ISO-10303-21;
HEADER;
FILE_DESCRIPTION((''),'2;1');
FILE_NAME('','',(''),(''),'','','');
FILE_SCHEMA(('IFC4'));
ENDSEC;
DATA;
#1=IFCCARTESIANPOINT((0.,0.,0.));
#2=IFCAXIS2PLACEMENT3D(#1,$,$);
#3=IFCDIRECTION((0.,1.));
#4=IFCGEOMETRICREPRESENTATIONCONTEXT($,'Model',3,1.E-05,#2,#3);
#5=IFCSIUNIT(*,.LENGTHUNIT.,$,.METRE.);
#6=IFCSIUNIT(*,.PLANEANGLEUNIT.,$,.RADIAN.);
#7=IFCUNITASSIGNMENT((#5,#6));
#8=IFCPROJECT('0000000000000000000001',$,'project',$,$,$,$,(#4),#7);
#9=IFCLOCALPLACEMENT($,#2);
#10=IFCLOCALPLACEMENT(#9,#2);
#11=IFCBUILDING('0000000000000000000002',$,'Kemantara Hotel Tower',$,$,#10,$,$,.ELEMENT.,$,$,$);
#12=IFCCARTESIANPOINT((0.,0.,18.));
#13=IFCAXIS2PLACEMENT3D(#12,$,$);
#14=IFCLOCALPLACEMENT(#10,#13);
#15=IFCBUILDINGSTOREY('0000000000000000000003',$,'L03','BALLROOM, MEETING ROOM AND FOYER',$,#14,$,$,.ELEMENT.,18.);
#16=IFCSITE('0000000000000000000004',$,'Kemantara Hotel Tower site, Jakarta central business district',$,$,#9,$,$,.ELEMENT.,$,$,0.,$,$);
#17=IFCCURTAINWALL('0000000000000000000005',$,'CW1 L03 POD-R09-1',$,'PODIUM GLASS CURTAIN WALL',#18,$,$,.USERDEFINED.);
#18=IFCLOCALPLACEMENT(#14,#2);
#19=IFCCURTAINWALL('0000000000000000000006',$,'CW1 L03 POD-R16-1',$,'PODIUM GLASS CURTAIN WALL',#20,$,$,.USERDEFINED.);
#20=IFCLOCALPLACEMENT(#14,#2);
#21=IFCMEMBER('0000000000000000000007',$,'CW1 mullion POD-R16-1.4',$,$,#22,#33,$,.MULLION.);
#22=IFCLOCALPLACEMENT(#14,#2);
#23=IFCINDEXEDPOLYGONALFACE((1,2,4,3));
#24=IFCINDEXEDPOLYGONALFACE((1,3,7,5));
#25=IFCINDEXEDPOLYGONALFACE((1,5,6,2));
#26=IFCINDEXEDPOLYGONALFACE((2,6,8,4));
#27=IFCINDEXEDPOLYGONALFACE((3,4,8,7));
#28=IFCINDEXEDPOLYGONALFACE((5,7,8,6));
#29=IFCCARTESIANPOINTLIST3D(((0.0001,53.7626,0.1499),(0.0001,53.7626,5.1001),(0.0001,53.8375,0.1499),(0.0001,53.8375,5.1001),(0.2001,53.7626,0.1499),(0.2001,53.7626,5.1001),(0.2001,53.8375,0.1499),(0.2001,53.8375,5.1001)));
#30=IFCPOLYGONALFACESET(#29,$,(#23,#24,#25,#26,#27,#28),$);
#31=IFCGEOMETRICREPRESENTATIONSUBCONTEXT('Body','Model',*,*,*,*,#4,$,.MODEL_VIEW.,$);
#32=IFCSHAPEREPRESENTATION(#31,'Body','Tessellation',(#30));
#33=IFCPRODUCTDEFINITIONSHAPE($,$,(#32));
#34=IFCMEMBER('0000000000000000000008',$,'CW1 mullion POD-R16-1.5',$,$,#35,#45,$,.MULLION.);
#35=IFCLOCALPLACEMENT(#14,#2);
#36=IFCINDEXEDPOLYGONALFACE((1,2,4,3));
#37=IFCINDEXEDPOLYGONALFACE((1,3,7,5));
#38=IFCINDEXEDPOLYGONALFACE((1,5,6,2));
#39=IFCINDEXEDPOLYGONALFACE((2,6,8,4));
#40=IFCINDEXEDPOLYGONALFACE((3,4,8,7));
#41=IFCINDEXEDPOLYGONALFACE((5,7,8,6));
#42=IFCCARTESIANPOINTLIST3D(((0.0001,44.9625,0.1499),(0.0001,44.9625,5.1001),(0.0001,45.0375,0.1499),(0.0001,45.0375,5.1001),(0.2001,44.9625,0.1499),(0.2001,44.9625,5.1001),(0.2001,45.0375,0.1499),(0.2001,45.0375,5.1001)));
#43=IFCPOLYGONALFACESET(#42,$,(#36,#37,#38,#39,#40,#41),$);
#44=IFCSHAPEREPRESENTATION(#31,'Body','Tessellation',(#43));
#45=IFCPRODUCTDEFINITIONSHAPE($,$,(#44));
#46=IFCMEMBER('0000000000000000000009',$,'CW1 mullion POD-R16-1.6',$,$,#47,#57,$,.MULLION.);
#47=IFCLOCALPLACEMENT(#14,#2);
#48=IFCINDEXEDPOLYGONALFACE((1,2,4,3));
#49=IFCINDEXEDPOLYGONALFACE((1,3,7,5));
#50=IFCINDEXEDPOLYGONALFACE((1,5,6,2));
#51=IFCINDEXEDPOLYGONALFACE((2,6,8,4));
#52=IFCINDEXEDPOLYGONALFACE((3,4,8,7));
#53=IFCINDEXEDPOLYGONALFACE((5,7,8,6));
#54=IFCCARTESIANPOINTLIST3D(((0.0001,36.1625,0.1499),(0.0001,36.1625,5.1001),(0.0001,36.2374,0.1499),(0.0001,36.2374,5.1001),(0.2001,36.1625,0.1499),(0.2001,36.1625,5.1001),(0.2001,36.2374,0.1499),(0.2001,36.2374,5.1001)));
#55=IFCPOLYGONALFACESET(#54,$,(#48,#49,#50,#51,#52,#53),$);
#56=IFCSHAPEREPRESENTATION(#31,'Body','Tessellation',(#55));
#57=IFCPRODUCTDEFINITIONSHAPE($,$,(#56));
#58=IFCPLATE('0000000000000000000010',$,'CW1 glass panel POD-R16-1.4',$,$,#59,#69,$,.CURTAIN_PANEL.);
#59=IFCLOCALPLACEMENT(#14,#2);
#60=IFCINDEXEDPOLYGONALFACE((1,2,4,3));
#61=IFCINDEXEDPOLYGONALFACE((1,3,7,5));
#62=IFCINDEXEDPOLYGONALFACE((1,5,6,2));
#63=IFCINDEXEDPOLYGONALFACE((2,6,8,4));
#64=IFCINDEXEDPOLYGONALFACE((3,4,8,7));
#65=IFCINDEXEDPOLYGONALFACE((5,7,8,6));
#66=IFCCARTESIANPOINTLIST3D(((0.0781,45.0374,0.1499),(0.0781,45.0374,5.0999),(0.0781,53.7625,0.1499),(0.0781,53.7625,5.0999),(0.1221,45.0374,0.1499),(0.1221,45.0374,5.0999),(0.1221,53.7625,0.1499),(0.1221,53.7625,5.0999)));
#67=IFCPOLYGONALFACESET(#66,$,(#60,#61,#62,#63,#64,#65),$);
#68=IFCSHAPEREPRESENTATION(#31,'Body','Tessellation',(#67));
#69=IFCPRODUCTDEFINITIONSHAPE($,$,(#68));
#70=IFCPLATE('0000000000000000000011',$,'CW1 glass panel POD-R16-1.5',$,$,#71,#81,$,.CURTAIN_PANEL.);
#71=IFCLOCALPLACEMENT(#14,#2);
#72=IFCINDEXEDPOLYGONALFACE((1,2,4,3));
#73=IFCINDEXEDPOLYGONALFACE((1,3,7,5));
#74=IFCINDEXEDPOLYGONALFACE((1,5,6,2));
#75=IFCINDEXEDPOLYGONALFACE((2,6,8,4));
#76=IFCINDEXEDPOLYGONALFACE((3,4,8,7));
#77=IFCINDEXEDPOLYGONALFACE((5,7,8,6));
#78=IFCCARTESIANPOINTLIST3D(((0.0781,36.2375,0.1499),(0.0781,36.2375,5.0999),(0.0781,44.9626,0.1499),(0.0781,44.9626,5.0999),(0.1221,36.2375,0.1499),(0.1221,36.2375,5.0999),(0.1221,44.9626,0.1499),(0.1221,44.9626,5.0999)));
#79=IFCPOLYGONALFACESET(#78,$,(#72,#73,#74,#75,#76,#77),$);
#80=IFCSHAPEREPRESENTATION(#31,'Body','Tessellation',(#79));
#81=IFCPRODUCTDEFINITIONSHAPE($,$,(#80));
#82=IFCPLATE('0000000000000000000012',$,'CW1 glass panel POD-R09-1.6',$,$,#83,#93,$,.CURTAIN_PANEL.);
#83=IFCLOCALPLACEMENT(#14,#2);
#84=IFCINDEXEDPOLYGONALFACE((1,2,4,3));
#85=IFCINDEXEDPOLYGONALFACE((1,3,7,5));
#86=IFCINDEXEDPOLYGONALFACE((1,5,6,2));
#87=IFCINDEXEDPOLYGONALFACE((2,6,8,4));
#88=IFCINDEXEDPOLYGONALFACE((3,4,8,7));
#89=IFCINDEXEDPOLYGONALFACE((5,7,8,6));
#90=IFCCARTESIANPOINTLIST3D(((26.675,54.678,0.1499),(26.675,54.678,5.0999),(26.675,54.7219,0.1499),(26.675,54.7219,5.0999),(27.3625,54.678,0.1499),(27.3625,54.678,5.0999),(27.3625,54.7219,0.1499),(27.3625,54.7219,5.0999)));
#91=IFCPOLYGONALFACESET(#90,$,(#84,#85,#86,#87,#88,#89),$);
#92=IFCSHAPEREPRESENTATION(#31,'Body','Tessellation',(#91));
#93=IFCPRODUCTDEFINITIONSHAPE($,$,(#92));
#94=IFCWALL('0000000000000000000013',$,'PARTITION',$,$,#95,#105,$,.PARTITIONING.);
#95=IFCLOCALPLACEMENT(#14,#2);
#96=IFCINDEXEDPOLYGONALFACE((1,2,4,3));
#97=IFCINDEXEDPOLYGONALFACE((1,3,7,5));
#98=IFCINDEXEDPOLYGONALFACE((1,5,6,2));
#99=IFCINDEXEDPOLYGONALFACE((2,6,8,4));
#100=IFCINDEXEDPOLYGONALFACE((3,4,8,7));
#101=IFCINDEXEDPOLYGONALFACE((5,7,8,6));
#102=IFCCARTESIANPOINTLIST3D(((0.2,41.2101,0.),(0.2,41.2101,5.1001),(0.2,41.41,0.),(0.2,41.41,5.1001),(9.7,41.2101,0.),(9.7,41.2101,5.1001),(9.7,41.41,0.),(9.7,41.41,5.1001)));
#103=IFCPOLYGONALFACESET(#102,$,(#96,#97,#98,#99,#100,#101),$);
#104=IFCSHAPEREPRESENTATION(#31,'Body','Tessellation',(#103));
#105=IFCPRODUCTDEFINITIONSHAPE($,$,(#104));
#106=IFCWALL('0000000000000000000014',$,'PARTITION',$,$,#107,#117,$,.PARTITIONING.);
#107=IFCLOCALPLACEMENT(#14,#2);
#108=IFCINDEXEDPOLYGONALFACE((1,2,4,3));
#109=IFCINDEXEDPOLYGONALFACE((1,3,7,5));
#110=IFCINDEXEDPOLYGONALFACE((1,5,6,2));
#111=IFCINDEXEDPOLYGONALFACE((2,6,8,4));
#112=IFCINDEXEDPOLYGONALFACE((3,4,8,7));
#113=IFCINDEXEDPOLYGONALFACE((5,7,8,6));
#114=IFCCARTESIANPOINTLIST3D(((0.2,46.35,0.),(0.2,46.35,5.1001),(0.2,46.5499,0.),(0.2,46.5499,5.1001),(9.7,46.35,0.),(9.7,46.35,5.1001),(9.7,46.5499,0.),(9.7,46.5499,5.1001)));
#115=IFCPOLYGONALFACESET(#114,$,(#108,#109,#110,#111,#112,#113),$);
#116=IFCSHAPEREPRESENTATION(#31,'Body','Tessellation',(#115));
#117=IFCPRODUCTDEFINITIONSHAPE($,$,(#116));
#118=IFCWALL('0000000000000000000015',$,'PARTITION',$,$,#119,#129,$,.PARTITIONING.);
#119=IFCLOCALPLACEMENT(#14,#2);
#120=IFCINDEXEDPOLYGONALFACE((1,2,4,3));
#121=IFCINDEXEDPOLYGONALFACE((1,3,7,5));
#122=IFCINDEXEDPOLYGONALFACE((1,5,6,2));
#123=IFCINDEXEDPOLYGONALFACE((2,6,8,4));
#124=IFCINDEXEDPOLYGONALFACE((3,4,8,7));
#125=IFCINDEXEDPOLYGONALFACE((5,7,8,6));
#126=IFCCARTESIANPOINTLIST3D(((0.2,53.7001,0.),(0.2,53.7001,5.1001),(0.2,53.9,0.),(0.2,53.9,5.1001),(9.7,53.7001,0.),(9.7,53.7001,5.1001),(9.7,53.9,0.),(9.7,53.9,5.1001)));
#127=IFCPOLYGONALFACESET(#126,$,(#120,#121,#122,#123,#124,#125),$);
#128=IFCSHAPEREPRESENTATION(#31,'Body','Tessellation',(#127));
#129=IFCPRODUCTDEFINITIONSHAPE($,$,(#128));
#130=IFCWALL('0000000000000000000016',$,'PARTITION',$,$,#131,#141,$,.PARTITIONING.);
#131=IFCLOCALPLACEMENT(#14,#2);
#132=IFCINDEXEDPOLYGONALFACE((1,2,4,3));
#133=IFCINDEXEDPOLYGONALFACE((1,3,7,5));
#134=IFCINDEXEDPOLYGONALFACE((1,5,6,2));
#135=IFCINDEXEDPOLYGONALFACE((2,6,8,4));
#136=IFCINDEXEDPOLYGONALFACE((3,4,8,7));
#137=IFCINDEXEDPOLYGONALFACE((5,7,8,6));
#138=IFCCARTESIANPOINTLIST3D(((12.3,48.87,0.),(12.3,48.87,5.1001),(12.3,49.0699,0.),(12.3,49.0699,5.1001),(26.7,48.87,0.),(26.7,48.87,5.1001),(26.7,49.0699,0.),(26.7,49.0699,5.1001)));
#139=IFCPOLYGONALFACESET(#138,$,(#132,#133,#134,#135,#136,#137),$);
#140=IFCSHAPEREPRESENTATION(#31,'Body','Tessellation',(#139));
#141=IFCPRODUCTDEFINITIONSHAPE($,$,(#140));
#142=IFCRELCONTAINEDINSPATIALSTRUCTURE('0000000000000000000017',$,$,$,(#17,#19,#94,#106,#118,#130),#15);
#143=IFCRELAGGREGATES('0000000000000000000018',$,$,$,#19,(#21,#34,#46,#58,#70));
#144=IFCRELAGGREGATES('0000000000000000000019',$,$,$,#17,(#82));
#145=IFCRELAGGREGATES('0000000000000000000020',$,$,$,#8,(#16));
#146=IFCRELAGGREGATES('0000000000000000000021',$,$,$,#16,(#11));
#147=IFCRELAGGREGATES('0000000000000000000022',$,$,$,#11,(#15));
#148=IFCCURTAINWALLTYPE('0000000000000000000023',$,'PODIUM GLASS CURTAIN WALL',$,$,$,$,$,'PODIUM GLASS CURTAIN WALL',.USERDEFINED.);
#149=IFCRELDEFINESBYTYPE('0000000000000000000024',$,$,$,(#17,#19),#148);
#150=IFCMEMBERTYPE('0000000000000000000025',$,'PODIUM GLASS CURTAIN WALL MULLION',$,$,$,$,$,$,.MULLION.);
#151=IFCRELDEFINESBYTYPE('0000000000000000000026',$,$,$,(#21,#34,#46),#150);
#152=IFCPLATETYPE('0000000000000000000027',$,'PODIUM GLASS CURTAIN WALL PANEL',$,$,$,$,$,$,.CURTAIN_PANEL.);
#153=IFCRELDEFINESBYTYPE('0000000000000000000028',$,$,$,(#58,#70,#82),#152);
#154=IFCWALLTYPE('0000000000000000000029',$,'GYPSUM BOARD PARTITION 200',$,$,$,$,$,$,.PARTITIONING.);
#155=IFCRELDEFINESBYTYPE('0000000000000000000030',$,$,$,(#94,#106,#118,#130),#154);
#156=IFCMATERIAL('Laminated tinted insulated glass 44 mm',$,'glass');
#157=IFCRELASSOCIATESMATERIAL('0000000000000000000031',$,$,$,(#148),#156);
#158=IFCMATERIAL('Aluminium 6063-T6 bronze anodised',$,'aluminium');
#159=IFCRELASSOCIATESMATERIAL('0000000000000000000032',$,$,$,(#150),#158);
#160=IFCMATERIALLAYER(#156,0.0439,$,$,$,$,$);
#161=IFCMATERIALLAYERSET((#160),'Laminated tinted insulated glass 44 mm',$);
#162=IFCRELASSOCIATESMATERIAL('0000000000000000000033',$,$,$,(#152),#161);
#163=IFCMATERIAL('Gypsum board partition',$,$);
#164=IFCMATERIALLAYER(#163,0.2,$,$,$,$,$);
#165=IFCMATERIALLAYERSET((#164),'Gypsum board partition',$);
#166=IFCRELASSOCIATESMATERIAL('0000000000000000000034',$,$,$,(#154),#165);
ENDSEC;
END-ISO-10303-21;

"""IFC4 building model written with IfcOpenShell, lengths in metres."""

from ifc_helpers import new_model, si_unit, direction, frame, frame_2d, origin, origin_2d, place, context, subcontext, project, spatial, rectangle, extrude, source, transform, mapped, material, layer, layer_set, material_profile, profile_set, type_object, element, aggregate, save


model = new_model("IFC4")

# Units and contexts
model_context = context("Model", 3, precision=1e-05, world=origin(), true_north=direction((0.0, 1.0)))
body_context = subcontext(model_context, "Body", "Model", "MODEL_VIEW")
ifc_project = project(units=[si_unit("LENGTHUNIT", "METRE"), si_unit("PLANEANGLEUNIT", "RADIAN")], contexts=[model_context])

# Site, building, storey
site_placement = place(None, origin())
site = spatial("IfcSite", under=ifc_project, at=site_placement, Name="Kemantara Hotel Tower site, Jakarta central business district", CompositionType="ELEMENT", RefElevation=0.0)
building_placement = place(site_placement, origin())
building = spatial("IfcBuilding", under=site, at=building_placement, Name="Kemantara Hotel Tower", CompositionType="ELEMENT")
storey_placement = place(building_placement, frame((0.0, 0.0, 18.0)))
storey = spatial("IfcBuildingStorey", under=building, at=storey_placement, Name="L03", Description="BALLROOM, MEETING ROOM AND FOYER", CompositionType="ELEMENT", Elevation=18.0)

# Curtain wall
ifc_material_1 = material(Name="Laminated tinted insulated glass 44 mm", Category="glass")
curtain_wall_type = type_object("IfcCurtainWallType", Name="PODIUM GLASS CURTAIN WALL", ElementType="PODIUM GLASS CURTAIN WALL", PredefinedType="USERDEFINED", material=ifc_material_1)
ifc_material_2 = material(Name="Aluminium 6063-T6 bronze anodised", Category="aluminium")
curtain_wall_1_placement = place(storey_placement, origin())
curtain_wall_1 = element("IfcCurtainWall", 1, at=curtain_wall_1_placement, inside=storey, type_object=curtain_wall_type, Name="CW1 L03 POD-R09-1", ObjectType="PODIUM GLASS CURTAIN WALL", PredefinedType="USERDEFINED")
ifc_material_profile_1 = material_profile(ifc_material_2, rectangle(XDim=0.2, YDim=0.075, at=origin_2d()), Name="PODIUM GLASS CURTAIN WALL MULLION")
ifc_profile_set_1 = profile_set([ifc_material_profile_1], Name="Aluminium 6063-T6 bronze anodised")
member_type_1 = type_object("IfcMemberType", Name="PODIUM GLASS CURTAIN WALL MULLION", PredefinedType="MULLION", material=ifc_profile_set_1)
shared_shape_1 = source(origin(), body_context, "Body", "SweptSolid", [
    extrude(rectangle(XDim=0.2, YDim=0.075, at=origin_2d()), origin(), (0.0, 0.0, 1.0), 4.9502),
])

# Curtain wall, members, plates
curtain_wall_2_placement = place(storey_placement, origin())
curtain_wall_2 = element("IfcCurtainWall", 2, at=curtain_wall_2_placement, inside=storey, type_object=curtain_wall_type, Name="CW1 L03 POD-R16-1", ObjectType="PODIUM GLASS CURTAIN WALL", PredefinedType="USERDEFINED")
member_1_placement = place(storey_placement, frame((0.1001, 53.8, 0.1499), z_axis=(0.0, 0.0, 1.0), x_axis=(1.0, 0.0, 0.0)))
member_1 = element("IfcMember", 3, at=member_1_placement, type_object=member_type_1, Name="CW1 mullion POD-R16-1.4", PredefinedType="MULLION", context=body_context, shape_type="MappedRepresentation", body=[
    mapped(shared_shape_1, transform((0.0, 0.0, 0.0))),
])
member_2_placement = place(storey_placement, frame((0.1001, 45.0, 0.1499), z_axis=(0.0, 0.0, 1.0), x_axis=(1.0, 0.0, 0.0)))
member_2 = element("IfcMember", 4, at=member_2_placement, type_object=member_type_1, Name="CW1 mullion POD-R16-1.5", PredefinedType="MULLION", context=body_context, shape_type="MappedRepresentation", body=[
    mapped(shared_shape_1, transform((0.0, 0.0, 0.0))),
])
member_3_placement = place(storey_placement, frame((0.1001, 36.2, 0.1499), z_axis=(0.0, 0.0, 1.0), x_axis=(1.0, 0.0, 0.0)))
member_3 = element("IfcMember", 5, at=member_3_placement, type_object=member_type_1, Name="CW1 mullion POD-R16-1.6", PredefinedType="MULLION", context=body_context, shape_type="MappedRepresentation", body=[
    mapped(shared_shape_1, transform((0.0, 0.0, 0.0))),
])
ifc_layer_1 = layer(ifc_material_1, 0.0439)
ifc_layer_set_1 = layer_set([ifc_layer_1], Name="Laminated tinted insulated glass 44 mm")
plate_type = type_object("IfcPlateType", Name="PODIUM GLASS CURTAIN WALL PANEL", PredefinedType="CURTAIN_PANEL", material=ifc_layer_set_1)
shared_shape_2 = source(origin(), body_context, "Body", "SweptSolid", [
    extrude(rectangle(XDim=8.7251, YDim=0.0439, at=origin_2d()), origin(), (0.0, 0.0, 1.0), 4.95),
])
plate_1_placement = place(storey_placement, frame((0.1001, 49.3999, 0.1499), z_axis=(0.0, 0.0, 1.0), x_axis=(0.0, -1.0, 0.0)))
plate_1 = element("IfcPlate", 6, at=plate_1_placement, type_object=plate_type, Name="CW1 glass panel POD-R16-1.4", PredefinedType="CURTAIN_PANEL", context=body_context, shape_type="MappedRepresentation", body=[
    mapped(shared_shape_2, transform((0.0, 0.0, 0.0))),
])
plate_2_placement = place(storey_placement, frame((0.1001, 40.6001, 0.1499), z_axis=(0.0, 0.0, 1.0), x_axis=(0.0, -1.0, 0.0)))
plate_2 = element("IfcPlate", 7, at=plate_2_placement, type_object=plate_type, Name="CW1 glass panel POD-R16-1.5", PredefinedType="CURTAIN_PANEL", context=body_context, shape_type="MappedRepresentation", body=[
    mapped(shared_shape_2, transform((0.0, 0.0, 0.0))),
])
aggregate(curtain_wall_2, [member_1, member_2, member_3, plate_1, plate_2])

# Plate
shared_shape_3 = source(origin(), body_context, "Body", "SweptSolid", [
    extrude(rectangle(XDim=0.6875, YDim=0.0439, at=origin_2d()), origin(), (0.0, 0.0, 1.0), 4.95),
])
plate_3_placement = place(storey_placement, frame((27.0188, 54.7, 0.1499), z_axis=(0.0, 0.0, 1.0), x_axis=(-1.0, 0.0, 0.0)))
plate_3 = element("IfcPlate", 8, at=plate_3_placement, type_object=plate_type, Name="CW1 glass panel POD-R09-1.6", PredefinedType="CURTAIN_PANEL", context=body_context, shape_type="MappedRepresentation", body=[
    mapped(shared_shape_3, transform((0.0, 0.0, 0.0))),
])
aggregate(curtain_wall_1, [plate_3])

# Walls
ifc_material_3 = material(Name="Gypsum board partition")
ifc_layer_2 = layer(ifc_material_3, 0.2)
ifc_layer_set_2 = layer_set([ifc_layer_2], Name="Gypsum board partition")
wall_type = type_object("IfcWallType", Name="GYPSUM BOARD PARTITION 200", PredefinedType="PARTITIONING", material=ifc_layer_set_2)
for number, where, z_axis, x_axis, name in (
    (9, (0.2, 41.3101, 0.0), (0.0, 0.0, 1.0), (1.0, 0.0, 0.0), "PARTITION"),
    (10, (0.2, 46.45, 0.0), (0.0, 0.0, 1.0), (1.0, 0.0, 0.0), "PARTITION"),
    (11, (0.2, 53.8, 0.0), (0.0, 0.0, 1.0), (1.0, 0.0, 0.0), "PARTITION"),
):
    element("IfcWall", number, at=place(storey_placement, frame(where, z_axis=z_axis, x_axis=x_axis)), inside=storey, type_object=wall_type, Name=name, PredefinedType="PARTITIONING", context=body_context, shape_type="SweptSolid", body=[
        extrude(rectangle(XDim=9.5, YDim=0.2, at=frame_2d((4.75, 0.0))), origin(), (0.0, 0.0, 1.0), 5.1001),
    ])
wall_placement = place(storey_placement, frame((12.3, 48.97, 0.0), z_axis=(0.0, 0.0, 1.0), x_axis=(1.0, 0.0, 0.0)))
element("IfcWall", 12, at=wall_placement, inside=storey, type_object=wall_type, Name="PARTITION", PredefinedType="PARTITIONING", context=body_context, shape_type="SweptSolid", body=[
    extrude(rectangle(XDim=14.3999, YDim=0.2, at=frame_2d((7.2, 0.0))), origin(), (0.0, 0.0, 1.0), 5.1001),
])

save(model, "model.ifc")
